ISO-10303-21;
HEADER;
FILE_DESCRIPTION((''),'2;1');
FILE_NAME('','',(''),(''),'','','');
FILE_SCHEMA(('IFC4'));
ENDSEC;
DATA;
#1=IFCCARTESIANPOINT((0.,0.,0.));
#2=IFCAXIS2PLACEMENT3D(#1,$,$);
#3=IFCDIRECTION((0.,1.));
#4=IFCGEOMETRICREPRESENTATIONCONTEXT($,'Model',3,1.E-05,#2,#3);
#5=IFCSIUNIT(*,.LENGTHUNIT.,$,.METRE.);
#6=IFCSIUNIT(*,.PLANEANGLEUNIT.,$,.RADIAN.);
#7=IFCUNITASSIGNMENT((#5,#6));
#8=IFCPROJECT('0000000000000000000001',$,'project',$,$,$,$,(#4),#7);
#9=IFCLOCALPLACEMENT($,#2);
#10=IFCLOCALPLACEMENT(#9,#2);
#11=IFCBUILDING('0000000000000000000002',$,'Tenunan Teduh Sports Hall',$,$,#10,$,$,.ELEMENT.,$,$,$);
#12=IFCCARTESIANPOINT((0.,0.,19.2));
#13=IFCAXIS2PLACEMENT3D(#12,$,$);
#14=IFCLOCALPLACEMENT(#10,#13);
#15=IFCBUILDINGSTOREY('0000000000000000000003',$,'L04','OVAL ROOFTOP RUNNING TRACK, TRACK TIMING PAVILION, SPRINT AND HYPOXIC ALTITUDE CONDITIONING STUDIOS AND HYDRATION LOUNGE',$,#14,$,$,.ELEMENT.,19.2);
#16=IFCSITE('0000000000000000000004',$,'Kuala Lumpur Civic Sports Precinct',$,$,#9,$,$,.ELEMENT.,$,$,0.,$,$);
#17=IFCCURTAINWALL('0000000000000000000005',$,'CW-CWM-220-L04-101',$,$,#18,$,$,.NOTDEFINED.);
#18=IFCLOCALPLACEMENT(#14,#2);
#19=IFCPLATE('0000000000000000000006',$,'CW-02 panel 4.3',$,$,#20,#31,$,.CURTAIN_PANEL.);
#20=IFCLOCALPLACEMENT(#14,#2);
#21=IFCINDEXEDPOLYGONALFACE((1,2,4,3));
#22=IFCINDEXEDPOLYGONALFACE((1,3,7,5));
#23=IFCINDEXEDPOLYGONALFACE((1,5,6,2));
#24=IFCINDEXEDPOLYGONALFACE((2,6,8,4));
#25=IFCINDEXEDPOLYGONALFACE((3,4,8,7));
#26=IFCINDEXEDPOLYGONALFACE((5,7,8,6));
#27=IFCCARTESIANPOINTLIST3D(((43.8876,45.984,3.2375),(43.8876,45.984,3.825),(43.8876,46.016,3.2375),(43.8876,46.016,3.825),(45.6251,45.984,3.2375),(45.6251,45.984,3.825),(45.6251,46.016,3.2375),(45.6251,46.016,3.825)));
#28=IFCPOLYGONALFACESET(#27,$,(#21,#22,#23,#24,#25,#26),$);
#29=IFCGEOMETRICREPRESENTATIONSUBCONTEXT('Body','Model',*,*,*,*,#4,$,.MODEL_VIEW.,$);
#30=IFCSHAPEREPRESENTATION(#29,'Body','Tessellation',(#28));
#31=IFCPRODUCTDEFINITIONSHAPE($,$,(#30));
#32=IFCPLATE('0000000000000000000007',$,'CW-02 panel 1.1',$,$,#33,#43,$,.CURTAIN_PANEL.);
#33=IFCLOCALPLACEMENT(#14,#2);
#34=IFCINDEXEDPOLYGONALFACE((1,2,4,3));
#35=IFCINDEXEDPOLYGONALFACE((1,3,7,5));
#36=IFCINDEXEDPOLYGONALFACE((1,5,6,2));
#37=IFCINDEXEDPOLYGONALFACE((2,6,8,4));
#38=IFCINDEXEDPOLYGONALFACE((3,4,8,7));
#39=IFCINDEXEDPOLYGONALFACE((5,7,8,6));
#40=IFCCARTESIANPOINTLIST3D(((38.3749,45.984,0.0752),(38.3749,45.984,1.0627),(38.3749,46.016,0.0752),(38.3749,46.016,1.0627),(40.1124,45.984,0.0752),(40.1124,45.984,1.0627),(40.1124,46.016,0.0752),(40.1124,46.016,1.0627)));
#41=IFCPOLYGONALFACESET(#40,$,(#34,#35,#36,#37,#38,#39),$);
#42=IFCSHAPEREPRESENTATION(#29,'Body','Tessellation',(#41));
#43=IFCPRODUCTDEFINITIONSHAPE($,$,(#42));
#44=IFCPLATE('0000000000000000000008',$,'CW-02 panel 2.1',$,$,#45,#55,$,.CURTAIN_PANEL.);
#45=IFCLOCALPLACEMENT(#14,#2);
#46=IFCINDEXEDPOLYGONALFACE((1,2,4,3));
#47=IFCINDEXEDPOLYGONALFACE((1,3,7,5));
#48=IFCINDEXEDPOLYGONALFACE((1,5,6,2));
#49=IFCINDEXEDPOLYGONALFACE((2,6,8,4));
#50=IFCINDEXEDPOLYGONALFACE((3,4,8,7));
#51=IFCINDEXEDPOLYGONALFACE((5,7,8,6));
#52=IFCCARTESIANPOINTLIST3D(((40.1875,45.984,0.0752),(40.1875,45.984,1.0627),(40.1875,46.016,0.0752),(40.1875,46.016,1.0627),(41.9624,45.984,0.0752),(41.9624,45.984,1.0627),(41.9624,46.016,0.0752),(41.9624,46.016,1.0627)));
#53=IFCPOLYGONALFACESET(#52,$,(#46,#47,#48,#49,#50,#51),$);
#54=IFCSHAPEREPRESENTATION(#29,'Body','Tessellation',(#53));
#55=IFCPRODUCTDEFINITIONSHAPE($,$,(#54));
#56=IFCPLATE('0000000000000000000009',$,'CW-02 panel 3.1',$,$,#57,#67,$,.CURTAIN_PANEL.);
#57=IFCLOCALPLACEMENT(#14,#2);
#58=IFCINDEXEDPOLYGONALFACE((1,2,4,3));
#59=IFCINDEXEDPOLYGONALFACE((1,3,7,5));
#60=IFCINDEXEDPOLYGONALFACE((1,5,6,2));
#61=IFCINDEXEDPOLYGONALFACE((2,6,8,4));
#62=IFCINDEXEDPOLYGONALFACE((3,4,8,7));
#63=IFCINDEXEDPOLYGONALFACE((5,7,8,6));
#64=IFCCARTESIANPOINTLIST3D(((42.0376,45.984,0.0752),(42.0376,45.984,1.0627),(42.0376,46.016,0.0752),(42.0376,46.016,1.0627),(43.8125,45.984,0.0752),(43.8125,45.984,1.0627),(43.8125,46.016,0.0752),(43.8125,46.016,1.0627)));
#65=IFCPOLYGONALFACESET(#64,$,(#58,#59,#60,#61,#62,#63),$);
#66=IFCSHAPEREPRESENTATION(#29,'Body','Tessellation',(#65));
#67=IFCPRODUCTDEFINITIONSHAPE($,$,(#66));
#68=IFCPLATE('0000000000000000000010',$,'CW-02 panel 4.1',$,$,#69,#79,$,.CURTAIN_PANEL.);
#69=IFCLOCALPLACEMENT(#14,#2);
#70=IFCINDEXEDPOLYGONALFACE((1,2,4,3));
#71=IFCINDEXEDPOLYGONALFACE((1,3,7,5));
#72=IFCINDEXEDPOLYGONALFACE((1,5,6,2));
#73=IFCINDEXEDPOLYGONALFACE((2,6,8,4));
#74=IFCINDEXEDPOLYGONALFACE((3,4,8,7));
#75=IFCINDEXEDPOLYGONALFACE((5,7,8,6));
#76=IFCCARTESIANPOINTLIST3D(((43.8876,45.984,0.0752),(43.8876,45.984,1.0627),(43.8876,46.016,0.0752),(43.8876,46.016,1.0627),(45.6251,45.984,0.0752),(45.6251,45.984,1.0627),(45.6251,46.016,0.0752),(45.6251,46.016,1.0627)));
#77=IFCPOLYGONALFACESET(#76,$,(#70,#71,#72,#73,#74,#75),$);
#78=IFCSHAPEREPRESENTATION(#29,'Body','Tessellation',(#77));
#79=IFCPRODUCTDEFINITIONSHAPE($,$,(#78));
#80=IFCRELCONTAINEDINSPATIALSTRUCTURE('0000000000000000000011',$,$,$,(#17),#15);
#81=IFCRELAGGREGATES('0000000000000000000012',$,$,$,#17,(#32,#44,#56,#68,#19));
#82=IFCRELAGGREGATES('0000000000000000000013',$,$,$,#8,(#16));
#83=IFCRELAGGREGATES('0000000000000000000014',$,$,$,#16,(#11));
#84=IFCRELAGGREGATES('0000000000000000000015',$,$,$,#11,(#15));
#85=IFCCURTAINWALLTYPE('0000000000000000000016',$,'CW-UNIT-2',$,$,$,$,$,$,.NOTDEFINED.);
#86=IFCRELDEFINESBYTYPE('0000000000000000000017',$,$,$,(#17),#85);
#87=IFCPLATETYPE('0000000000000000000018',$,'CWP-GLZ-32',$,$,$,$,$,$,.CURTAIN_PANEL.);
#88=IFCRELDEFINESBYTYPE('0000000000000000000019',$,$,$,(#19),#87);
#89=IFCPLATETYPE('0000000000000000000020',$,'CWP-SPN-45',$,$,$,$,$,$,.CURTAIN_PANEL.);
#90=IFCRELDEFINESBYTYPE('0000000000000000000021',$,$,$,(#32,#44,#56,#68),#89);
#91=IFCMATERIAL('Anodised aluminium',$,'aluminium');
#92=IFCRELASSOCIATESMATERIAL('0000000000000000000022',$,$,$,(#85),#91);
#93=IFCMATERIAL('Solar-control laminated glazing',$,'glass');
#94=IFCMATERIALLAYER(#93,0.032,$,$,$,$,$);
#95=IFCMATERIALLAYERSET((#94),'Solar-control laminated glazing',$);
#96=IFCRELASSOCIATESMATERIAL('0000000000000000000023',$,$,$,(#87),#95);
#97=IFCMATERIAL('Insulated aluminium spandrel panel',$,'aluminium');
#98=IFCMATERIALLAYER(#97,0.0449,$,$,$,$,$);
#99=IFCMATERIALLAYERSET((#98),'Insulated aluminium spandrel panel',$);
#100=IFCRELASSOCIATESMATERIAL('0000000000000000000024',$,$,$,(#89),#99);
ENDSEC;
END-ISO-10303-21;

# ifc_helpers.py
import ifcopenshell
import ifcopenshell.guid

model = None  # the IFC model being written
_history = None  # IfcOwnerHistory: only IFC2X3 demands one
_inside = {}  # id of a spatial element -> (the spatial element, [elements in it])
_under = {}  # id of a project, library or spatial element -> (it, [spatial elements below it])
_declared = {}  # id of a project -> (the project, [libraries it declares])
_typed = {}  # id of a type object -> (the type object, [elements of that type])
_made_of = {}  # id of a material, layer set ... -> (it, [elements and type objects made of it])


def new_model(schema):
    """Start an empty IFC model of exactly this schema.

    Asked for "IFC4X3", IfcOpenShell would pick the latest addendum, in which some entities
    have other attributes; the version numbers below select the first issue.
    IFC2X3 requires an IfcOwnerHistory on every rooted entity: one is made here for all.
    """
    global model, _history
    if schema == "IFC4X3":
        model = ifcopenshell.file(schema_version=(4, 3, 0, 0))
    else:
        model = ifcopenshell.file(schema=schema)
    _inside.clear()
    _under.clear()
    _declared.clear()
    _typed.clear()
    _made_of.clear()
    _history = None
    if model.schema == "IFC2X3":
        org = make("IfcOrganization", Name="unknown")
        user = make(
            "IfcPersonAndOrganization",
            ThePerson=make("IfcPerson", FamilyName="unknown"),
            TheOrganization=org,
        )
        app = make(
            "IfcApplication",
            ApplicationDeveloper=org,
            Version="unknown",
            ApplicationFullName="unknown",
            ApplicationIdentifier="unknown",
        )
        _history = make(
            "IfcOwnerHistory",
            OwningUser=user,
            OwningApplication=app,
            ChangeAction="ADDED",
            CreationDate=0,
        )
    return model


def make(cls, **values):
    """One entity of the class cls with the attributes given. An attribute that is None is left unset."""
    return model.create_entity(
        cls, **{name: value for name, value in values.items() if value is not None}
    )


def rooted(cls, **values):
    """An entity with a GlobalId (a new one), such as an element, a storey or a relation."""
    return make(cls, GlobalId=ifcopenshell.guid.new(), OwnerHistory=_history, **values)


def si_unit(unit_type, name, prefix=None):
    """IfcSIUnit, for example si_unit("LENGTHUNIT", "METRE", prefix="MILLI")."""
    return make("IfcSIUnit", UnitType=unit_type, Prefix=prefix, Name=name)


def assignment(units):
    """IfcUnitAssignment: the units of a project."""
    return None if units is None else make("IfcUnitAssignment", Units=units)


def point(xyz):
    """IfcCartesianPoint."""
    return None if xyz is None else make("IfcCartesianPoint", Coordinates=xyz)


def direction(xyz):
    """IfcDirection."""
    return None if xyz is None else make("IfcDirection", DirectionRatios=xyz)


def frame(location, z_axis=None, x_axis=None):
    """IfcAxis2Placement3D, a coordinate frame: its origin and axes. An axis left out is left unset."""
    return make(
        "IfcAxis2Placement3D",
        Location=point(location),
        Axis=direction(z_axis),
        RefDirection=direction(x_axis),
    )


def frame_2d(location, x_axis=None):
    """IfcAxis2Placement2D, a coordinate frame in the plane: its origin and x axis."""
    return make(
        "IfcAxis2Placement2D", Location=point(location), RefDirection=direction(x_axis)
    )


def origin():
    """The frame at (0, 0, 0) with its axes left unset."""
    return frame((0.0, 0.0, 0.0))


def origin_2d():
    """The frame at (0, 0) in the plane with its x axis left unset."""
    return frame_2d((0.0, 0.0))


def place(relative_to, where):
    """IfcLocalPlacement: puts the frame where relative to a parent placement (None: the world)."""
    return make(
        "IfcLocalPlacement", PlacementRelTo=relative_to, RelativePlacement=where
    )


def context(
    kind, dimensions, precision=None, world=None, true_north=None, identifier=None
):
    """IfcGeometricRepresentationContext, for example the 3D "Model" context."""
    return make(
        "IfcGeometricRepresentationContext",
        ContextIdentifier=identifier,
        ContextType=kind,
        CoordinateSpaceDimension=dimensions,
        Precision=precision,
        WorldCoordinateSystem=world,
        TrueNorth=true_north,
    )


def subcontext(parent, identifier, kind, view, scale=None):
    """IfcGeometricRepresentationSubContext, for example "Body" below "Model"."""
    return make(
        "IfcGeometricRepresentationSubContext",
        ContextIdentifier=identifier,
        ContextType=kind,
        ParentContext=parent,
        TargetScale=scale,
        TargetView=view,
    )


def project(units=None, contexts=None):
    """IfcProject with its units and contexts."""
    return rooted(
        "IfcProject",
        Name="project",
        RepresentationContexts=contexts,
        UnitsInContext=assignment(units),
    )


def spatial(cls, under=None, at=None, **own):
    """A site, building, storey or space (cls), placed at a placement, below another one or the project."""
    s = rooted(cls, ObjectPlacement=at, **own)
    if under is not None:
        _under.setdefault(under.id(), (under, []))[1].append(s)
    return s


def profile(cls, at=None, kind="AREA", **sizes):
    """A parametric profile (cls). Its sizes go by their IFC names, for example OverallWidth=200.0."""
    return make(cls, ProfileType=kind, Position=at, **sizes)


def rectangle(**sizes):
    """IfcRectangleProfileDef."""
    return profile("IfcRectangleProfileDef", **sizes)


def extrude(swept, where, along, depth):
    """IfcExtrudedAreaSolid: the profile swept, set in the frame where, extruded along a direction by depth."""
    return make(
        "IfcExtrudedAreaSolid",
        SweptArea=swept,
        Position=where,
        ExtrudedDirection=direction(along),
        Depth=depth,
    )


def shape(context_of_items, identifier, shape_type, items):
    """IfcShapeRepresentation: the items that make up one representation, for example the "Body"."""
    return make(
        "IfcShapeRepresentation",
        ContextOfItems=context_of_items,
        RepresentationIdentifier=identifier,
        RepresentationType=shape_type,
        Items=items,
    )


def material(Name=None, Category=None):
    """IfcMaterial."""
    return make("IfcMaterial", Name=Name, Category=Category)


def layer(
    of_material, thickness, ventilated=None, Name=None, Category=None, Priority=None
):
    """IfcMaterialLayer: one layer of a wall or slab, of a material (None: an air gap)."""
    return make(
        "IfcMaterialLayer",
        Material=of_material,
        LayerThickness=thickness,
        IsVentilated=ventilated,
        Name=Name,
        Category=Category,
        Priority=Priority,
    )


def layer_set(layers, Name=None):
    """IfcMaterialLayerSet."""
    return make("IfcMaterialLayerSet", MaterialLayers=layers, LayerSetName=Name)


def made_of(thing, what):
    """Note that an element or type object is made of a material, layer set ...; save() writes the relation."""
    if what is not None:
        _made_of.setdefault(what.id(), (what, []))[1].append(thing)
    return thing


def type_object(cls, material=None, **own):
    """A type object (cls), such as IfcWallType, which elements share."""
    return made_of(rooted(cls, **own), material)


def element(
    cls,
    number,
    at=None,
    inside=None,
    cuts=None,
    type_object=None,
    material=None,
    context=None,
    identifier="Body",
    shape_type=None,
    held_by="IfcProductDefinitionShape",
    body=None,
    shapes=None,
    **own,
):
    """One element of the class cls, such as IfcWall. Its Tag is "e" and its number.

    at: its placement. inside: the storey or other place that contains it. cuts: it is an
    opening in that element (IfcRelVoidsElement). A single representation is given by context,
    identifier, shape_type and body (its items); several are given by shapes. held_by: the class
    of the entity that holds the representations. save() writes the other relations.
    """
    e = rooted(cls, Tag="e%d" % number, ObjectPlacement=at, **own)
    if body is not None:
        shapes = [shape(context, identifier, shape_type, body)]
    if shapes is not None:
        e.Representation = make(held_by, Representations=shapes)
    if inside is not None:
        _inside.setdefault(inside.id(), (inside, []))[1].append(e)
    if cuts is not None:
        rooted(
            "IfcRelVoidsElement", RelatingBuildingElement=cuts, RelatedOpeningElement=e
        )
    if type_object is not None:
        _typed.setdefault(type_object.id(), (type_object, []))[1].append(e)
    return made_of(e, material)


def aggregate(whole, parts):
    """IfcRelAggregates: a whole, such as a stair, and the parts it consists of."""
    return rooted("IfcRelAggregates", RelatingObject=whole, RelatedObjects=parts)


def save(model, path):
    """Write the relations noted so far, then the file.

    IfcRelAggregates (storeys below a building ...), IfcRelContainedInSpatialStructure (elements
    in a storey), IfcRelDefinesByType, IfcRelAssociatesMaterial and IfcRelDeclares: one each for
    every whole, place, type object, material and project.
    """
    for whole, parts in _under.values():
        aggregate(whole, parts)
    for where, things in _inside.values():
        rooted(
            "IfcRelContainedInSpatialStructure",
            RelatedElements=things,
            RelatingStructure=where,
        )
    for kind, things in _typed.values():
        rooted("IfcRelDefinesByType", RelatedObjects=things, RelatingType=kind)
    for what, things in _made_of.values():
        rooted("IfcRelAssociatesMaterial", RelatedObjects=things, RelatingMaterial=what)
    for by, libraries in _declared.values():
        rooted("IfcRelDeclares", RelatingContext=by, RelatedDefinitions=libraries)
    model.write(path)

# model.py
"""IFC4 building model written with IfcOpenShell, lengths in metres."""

from ifc_helpers import new_model, si_unit, direction, frame, origin, origin_2d, place, context, subcontext, project, spatial, rectangle, extrude, material, layer, layer_set, type_object, element, aggregate, save


model = new_model("IFC4")

# Units and contexts
model_context = context("Model", 3, precision=1e-05, world=origin(), true_north=direction((0.0, 1.0)))
body_context = subcontext(model_context, "Body", "Model", "MODEL_VIEW")
ifc_project = project(units=[si_unit("LENGTHUNIT", "METRE"), si_unit("PLANEANGLEUNIT", "RADIAN")], contexts=[model_context])

# Site, building, storey
site_placement = place(None, origin())
site = spatial("IfcSite", under=ifc_project, at=site_placement, Name="Kuala Lumpur Civic Sports Precinct", CompositionType="ELEMENT", RefElevation=0.0)
building_placement = place(site_placement, origin())
building = spatial("IfcBuilding", under=site, at=building_placement, Name="Tenunan Teduh Sports Hall", CompositionType="ELEMENT")
storey_placement = place(building_placement, frame((0.0, 0.0, 19.2)))
storey = spatial("IfcBuildingStorey", under=building, at=storey_placement, Name="L04", Description="OVAL ROOFTOP RUNNING TRACK, TRACK TIMING PAVILION, SPRINT AND HYPOXIC ALTITUDE CONDITIONING STUDIOS AND HYDRATION LOUNGE", CompositionType="ELEMENT", Elevation=19.2)

# Shared definitions
ifc_material_1 = material(Name="Anodised aluminium", Category="aluminium")
curtain_wall_type = type_object("IfcCurtainWallType", Name="CW-UNIT-2", PredefinedType="NOTDEFINED", material=ifc_material_1)

# Curtain wall
curtain_wall_1_placement = place(storey_placement, origin())
curtain_wall_1 = element("IfcCurtainWall", 1, at=curtain_wall_1_placement, inside=storey, type_object=curtain_wall_type, Name="CW-CWM-220-L04-101", PredefinedType="NOTDEFINED")

# Plates
ifc_material_2 = material(Name="Solar-control laminated glazing", Category="glass")
ifc_layer_1 = layer(ifc_material_2, 0.032)
ifc_layer_set_1 = layer_set([ifc_layer_1], Name="Solar-control laminated glazing")
plate_type_1 = type_object("IfcPlateType", Name="CWP-GLZ-32", PredefinedType="CURTAIN_PANEL", material=ifc_layer_set_1)
plate_1_placement = place(storey_placement, frame((44.7563, 46.0, 3.2375), z_axis=(0.0, 0.0, 1.0), x_axis=(1.0, 0.0, 0.0)))
plate_1 = element("IfcPlate", 2, at=plate_1_placement, type_object=plate_type_1, Name="CW-02 panel 4.3", PredefinedType="CURTAIN_PANEL", context=body_context, shape_type="SweptSolid", body=[
    extrude(rectangle(XDim=1.7375, YDim=0.032, at=origin_2d()), origin(), (0.0, 0.0, 1.0), 0.5874),
])
ifc_material_3 = material(Name="Insulated aluminium spandrel panel", Category="aluminium")
ifc_layer_2 = layer(ifc_material_3, 0.0449)
ifc_layer_set_2 = layer_set([ifc_layer_2], Name="Insulated aluminium spandrel panel")
plate_type_2 = type_object("IfcPlateType", Name="CWP-SPN-45", PredefinedType="CURTAIN_PANEL", material=ifc_layer_set_2)
plate_2_placement = place(storey_placement, frame((39.2437, 46.0, 0.0752), z_axis=(0.0, 0.0, 1.0), x_axis=(1.0, 0.0, 0.0)))
plate_2 = element("IfcPlate", 3, at=plate_2_placement, type_object=plate_type_2, Name="CW-02 panel 1.1", PredefinedType="CURTAIN_PANEL", context=body_context, shape_type="SweptSolid", body=[
    extrude(rectangle(XDim=1.7375, YDim=0.032, at=origin_2d()), origin(), (0.0, 0.0, 1.0), 0.9875),
])
plate_3_placement = place(storey_placement, frame((41.075, 46.0, 0.0752), z_axis=(0.0, 0.0, 1.0), x_axis=(1.0, 0.0, 0.0)))
plate_3 = element("IfcPlate", 4, at=plate_3_placement, type_object=plate_type_2, Name="CW-02 panel 2.1", PredefinedType="CURTAIN_PANEL", context=body_context, shape_type="SweptSolid", body=[
    extrude(rectangle(XDim=1.7749, YDim=0.032, at=origin_2d()), origin(), (0.0, 0.0, 1.0), 0.9875),
])
plate_4_placement = place(storey_placement, frame((42.925, 46.0, 0.0752), z_axis=(0.0, 0.0, 1.0), x_axis=(1.0, 0.0, 0.0)))
plate_4 = element("IfcPlate", 5, at=plate_4_placement, type_object=plate_type_2, Name="CW-02 panel 3.1", PredefinedType="CURTAIN_PANEL", context=body_context, shape_type="SweptSolid", body=[
    extrude(rectangle(XDim=1.7749, YDim=0.032, at=origin_2d()), origin(), (0.0, 0.0, 1.0), 0.9875),
])
plate_5_placement = place(storey_placement, frame((44.7563, 46.0, 0.0752), z_axis=(0.0, 0.0, 1.0), x_axis=(1.0, 0.0, 0.0)))
plate_5 = element("IfcPlate", 6, at=plate_5_placement, type_object=plate_type_2, Name="CW-02 panel 4.1", PredefinedType="CURTAIN_PANEL", context=body_context, shape_type="SweptSolid", body=[
    extrude(rectangle(XDim=1.7375, YDim=0.032, at=origin_2d()), origin(), (0.0, 0.0, 1.0), 0.9875),
])
aggregate(curtain_wall_1, [plate_2, plate_3, plate_4, plate_5, plate_1])

save(model, "model.ifc")
